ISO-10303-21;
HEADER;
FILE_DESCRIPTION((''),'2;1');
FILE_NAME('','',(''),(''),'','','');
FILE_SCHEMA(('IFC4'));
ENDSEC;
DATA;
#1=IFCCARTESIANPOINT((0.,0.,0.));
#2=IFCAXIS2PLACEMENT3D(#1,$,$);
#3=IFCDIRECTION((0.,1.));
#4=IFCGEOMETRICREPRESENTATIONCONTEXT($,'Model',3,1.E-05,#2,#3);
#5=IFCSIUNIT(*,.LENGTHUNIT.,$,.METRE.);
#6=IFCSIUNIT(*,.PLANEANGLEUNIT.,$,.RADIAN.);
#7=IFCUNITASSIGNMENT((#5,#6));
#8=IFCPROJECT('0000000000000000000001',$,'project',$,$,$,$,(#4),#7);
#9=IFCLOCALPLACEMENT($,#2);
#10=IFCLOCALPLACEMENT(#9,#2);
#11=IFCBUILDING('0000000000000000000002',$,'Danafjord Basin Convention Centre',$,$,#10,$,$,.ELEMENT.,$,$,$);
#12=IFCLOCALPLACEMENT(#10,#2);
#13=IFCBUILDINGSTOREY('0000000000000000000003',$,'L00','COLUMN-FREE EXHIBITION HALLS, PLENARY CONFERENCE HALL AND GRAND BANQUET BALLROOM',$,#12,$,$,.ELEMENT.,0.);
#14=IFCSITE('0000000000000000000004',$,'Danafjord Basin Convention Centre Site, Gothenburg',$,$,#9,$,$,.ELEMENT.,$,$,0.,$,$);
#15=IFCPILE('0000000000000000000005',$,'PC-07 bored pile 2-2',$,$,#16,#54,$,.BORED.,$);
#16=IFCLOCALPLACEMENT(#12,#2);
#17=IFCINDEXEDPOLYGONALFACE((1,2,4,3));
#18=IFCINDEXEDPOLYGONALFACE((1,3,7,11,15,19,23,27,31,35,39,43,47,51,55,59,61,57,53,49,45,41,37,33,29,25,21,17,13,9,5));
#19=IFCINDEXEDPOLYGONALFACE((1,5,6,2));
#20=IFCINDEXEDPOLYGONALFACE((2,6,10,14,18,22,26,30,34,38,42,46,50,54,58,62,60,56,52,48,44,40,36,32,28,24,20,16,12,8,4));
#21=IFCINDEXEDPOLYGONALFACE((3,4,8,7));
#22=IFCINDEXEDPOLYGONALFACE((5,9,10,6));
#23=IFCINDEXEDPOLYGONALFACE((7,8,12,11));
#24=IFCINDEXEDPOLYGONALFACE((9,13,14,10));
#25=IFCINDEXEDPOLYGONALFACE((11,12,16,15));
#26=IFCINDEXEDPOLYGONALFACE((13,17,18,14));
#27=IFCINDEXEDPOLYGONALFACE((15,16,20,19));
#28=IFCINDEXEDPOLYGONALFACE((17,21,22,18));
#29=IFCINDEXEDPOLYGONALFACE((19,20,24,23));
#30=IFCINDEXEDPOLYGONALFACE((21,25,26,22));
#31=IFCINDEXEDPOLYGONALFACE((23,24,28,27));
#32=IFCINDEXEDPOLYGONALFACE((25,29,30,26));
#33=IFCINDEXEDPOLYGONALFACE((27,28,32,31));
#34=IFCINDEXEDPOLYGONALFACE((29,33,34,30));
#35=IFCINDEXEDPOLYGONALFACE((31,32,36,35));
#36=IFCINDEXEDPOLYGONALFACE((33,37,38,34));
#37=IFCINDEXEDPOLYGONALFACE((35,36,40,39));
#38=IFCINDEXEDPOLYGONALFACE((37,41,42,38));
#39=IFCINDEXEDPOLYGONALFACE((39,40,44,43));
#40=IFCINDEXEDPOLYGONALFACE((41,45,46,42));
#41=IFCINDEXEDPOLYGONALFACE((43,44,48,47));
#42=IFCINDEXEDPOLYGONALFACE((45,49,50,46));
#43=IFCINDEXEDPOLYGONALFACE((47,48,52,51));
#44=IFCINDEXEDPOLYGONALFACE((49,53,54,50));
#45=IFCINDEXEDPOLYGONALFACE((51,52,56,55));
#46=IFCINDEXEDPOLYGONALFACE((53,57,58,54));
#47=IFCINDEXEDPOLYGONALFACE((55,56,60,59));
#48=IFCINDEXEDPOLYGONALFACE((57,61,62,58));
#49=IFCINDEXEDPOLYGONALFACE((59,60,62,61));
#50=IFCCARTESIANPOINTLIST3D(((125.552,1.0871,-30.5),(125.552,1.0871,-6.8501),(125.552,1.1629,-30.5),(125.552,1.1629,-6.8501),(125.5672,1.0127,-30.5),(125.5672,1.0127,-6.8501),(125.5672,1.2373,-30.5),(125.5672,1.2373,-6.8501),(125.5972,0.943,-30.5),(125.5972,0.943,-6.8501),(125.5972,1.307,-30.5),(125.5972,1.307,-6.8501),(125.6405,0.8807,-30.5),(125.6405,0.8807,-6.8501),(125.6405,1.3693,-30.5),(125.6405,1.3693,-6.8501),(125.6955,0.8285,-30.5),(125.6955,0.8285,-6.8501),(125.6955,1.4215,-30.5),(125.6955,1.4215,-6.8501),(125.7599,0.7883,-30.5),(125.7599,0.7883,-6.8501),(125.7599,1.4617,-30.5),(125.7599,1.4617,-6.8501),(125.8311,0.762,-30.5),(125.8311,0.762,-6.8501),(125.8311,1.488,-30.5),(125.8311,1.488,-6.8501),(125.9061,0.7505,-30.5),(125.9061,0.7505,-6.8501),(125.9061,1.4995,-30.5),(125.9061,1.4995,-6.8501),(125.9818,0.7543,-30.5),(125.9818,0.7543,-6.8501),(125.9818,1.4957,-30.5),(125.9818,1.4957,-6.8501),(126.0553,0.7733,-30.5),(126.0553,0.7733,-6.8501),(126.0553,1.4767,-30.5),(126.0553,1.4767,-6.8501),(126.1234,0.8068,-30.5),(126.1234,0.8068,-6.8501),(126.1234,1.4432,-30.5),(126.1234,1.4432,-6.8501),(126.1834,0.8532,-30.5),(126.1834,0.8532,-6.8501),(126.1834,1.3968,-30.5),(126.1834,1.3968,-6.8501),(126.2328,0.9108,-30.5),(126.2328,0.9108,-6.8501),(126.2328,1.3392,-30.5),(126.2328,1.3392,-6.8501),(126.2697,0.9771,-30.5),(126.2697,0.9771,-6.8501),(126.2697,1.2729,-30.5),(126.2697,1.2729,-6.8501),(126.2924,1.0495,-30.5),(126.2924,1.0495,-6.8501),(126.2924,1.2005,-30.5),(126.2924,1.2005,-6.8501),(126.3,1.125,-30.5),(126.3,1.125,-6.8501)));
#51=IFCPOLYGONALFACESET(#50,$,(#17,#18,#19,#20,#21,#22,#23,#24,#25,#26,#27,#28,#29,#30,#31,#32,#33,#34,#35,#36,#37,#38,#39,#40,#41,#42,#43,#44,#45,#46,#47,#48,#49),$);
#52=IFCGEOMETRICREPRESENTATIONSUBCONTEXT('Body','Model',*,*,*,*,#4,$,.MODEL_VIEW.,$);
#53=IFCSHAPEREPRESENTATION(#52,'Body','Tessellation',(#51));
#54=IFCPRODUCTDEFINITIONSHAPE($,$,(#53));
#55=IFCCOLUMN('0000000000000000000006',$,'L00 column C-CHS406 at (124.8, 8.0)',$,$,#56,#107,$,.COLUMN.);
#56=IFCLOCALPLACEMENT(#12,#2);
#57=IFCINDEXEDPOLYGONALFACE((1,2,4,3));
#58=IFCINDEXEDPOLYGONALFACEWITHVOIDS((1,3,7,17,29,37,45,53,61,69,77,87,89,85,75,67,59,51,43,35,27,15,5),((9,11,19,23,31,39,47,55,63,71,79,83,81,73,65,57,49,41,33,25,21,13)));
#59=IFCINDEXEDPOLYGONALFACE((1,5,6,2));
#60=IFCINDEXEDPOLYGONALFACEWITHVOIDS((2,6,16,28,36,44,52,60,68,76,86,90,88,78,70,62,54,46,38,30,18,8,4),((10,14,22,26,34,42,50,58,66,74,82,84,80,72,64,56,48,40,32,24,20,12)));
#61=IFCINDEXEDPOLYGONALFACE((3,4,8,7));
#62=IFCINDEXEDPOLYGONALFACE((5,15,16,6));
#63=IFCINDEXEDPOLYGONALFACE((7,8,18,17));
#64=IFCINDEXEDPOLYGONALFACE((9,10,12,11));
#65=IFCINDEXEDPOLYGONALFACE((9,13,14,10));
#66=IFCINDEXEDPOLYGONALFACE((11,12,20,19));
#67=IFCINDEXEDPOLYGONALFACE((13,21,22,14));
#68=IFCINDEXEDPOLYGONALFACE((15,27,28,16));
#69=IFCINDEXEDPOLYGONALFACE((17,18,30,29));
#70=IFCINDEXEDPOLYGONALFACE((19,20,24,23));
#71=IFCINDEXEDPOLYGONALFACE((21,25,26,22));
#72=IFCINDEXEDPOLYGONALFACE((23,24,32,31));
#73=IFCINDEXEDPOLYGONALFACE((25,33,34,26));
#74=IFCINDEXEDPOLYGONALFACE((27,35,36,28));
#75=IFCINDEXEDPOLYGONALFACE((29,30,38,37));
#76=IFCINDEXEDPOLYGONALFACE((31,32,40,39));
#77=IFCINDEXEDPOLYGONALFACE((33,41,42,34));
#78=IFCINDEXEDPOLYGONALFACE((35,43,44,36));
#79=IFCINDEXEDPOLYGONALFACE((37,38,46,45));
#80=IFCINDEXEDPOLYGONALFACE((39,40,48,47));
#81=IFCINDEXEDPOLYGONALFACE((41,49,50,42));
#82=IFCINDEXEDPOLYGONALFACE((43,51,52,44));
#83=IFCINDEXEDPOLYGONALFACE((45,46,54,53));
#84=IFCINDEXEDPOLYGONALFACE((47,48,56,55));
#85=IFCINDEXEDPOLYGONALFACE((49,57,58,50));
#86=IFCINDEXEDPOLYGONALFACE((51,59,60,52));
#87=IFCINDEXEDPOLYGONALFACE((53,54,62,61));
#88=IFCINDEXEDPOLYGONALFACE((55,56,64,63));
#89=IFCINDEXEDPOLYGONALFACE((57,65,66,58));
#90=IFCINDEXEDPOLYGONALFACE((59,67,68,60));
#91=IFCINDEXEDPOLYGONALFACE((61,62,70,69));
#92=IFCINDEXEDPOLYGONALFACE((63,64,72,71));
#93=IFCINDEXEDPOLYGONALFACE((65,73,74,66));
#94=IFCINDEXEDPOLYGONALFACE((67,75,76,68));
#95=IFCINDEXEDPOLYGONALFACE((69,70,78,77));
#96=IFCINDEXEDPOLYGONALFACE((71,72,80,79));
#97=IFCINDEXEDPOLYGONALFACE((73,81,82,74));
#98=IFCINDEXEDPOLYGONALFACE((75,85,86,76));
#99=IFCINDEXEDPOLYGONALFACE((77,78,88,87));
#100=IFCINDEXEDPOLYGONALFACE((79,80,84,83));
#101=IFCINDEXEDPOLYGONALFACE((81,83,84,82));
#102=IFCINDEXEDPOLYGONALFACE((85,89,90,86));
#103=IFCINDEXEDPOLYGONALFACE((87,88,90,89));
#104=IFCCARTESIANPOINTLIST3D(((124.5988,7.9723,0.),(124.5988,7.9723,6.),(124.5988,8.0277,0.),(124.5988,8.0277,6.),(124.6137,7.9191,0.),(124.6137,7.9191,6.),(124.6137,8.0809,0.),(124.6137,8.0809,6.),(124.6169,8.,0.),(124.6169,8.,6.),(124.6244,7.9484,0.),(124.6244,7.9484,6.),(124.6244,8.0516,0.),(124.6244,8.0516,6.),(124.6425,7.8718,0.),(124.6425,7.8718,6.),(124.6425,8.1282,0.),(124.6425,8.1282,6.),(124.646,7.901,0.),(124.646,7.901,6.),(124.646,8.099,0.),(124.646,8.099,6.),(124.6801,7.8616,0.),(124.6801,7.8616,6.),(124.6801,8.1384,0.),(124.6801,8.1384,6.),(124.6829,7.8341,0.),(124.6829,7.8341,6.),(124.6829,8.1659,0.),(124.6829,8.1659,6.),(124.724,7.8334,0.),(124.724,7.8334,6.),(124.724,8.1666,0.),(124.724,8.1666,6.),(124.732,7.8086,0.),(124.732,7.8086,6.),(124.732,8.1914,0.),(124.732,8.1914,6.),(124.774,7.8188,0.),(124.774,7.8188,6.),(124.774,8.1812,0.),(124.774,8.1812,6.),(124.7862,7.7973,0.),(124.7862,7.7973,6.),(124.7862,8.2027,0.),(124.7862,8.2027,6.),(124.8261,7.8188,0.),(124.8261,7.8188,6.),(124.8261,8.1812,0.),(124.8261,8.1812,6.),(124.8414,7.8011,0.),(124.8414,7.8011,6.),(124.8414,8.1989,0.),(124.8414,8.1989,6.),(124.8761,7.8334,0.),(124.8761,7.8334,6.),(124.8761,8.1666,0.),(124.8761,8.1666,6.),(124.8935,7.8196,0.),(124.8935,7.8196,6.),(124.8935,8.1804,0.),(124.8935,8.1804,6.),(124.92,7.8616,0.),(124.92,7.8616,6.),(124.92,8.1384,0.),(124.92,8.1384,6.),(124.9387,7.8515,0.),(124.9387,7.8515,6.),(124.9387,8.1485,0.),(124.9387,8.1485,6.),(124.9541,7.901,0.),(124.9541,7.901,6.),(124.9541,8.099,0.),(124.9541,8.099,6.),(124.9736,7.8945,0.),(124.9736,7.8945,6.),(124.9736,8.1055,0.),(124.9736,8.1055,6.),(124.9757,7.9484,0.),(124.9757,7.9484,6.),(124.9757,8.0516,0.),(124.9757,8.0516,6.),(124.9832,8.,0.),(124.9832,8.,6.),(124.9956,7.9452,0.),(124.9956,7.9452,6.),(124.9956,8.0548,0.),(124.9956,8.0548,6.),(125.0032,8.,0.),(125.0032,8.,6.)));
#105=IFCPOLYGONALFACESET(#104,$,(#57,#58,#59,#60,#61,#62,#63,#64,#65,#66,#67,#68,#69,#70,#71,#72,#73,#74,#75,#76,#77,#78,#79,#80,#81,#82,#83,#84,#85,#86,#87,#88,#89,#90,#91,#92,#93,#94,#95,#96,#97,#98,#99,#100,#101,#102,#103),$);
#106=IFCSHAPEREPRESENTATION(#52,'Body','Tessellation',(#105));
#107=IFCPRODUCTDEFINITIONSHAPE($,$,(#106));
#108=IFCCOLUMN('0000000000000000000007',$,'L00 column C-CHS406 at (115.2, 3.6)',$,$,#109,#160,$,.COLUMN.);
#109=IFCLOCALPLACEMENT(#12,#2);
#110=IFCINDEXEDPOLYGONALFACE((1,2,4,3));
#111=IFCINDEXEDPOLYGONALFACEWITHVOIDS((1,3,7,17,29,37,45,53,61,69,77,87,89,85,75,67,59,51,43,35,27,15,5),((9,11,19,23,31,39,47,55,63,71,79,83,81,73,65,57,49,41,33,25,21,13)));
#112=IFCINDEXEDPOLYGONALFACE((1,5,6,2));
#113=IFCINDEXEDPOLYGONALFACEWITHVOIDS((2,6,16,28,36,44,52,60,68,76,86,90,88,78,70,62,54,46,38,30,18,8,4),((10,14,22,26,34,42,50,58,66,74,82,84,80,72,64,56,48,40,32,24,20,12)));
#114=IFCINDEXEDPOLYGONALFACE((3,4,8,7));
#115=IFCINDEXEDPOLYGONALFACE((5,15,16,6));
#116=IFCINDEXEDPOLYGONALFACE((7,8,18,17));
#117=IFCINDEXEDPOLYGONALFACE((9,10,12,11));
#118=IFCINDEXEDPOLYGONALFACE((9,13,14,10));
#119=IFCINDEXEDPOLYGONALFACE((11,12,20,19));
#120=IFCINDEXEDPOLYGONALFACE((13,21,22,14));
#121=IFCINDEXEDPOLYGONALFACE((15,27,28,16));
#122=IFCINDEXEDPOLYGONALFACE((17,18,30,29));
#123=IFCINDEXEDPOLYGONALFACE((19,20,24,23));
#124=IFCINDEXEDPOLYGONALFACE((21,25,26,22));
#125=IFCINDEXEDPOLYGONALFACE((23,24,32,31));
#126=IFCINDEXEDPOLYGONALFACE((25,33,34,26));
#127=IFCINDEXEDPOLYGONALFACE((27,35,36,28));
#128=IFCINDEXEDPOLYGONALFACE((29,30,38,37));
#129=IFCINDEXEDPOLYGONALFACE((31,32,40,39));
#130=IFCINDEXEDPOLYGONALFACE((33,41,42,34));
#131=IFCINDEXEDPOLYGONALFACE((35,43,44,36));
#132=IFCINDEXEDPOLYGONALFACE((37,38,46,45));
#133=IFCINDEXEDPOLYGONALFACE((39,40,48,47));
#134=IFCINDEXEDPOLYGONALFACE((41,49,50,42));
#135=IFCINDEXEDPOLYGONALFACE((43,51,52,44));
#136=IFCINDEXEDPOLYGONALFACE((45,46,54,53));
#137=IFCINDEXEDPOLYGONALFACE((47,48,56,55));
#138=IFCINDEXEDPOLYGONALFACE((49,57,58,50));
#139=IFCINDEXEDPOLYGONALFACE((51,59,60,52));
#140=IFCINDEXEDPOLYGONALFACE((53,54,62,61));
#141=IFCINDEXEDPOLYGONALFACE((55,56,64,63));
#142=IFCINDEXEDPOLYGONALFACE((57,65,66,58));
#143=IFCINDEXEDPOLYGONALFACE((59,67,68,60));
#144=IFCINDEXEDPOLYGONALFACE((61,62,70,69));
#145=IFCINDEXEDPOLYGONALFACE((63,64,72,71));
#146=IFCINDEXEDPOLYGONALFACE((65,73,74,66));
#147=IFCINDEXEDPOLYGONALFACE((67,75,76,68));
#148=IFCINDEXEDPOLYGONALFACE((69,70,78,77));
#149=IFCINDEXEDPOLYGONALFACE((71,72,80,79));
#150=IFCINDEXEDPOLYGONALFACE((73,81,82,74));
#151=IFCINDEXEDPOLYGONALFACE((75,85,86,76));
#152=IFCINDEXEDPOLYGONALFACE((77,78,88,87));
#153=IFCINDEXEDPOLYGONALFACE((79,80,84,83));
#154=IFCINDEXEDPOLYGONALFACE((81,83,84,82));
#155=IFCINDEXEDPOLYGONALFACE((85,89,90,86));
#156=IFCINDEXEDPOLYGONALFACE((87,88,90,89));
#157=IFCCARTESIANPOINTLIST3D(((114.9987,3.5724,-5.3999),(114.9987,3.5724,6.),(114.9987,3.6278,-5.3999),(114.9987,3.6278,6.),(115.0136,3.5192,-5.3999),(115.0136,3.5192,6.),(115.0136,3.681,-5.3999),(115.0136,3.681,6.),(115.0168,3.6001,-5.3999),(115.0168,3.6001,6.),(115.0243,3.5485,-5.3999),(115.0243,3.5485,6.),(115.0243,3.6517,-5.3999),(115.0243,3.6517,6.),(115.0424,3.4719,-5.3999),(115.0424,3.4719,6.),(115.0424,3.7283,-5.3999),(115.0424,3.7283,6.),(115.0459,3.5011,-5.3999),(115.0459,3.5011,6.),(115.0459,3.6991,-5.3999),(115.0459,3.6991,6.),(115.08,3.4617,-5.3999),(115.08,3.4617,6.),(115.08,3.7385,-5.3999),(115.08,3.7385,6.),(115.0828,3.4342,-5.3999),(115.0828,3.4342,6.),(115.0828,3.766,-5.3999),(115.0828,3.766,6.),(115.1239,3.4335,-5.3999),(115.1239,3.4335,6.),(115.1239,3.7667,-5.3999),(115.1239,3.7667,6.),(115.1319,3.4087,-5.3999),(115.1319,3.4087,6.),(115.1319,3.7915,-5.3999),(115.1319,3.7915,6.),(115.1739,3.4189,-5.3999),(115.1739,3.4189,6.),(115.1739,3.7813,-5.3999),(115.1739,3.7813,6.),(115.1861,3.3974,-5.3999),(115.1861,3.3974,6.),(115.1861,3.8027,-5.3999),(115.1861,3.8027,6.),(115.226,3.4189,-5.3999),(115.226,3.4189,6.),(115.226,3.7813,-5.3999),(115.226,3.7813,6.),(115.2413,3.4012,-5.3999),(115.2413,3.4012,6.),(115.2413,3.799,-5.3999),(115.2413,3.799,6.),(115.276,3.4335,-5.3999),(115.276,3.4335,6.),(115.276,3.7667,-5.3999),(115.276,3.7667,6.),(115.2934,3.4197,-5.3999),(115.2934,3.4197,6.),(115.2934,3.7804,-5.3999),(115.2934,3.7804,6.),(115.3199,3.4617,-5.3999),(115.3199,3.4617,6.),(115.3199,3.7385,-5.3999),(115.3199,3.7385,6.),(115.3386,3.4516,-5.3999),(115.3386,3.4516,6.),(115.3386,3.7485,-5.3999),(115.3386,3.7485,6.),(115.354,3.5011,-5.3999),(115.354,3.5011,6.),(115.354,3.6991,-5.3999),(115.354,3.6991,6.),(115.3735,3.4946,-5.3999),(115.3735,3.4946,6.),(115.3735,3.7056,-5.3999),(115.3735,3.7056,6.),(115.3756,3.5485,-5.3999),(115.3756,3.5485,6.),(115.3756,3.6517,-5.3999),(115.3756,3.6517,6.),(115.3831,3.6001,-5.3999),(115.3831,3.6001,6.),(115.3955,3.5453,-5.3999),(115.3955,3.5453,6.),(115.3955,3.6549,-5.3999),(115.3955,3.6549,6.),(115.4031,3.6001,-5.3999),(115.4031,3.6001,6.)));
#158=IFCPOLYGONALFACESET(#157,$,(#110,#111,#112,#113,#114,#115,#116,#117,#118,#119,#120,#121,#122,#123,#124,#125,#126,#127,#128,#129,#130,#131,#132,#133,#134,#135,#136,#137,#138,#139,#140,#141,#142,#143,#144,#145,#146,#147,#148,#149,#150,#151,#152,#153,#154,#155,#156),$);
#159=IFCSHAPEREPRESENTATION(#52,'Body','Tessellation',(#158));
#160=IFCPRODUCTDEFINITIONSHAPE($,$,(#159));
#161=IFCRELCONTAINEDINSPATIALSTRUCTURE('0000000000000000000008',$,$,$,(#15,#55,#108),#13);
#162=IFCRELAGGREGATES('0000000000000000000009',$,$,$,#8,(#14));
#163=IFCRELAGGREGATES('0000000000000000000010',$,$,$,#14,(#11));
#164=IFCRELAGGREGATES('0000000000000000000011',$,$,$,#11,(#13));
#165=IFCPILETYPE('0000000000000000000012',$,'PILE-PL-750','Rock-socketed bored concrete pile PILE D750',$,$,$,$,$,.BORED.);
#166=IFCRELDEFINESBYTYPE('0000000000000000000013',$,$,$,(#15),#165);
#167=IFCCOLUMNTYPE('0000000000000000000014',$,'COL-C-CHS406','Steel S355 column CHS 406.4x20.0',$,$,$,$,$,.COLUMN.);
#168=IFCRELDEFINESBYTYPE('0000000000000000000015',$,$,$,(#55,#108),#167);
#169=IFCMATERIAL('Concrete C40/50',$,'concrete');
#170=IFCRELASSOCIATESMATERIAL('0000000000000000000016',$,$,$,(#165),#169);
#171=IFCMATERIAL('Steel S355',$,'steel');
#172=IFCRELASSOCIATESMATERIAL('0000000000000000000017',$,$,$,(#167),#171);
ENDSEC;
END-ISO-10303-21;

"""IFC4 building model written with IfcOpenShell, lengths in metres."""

from ifc_helpers import new_model, si_unit, direction, frame, origin, origin_2d, place, context, subcontext, project, spatial, circle, hollow_circle, extrude, material, material_profile, profile_set, type_object, element, save


model = new_model("IFC4")

# Units and contexts
model_context = context("Model", 3, precision=1e-05, world=origin(), true_north=direction((0.0, 1.0)))
body_context = subcontext(model_context, "Body", "Model", "MODEL_VIEW")
ifc_project = project(units=[si_unit("LENGTHUNIT", "METRE"), si_unit("PLANEANGLEUNIT", "RADIAN")], contexts=[model_context])

# Site, building, storey
site_placement = place(None, origin())
site = spatial("IfcSite", under=ifc_project, at=site_placement, Name="Danafjord Basin Convention Centre Site, Gothenburg", CompositionType="ELEMENT", RefElevation=0.0)
building_placement = place(site_placement, origin())
building = spatial("IfcBuilding", under=site, at=building_placement, Name="Danafjord Basin Convention Centre", CompositionType="ELEMENT")
storey_placement = place(building_placement, origin())
storey = spatial("IfcBuildingStorey", under=building, at=storey_placement, Name="L00", Description="COLUMN-FREE EXHIBITION HALLS, PLENARY CONFERENCE HALL AND GRAND BANQUET BALLROOM", CompositionType="ELEMENT", Elevation=0.0)

# Shared definitions
ifc_material_1 = material(Name="Concrete C40/50", Category="concrete")

# Pile
ifc_material_profile_1 = material_profile(ifc_material_1, circle(Radius=0.375, at=origin_2d()), Name="PILE D750")
ifc_profile_set_1 = profile_set([ifc_material_profile_1], Name="Concrete C40/50")
pile_type_1 = type_object("IfcPileType", Name="PILE-PL-750", Description="Rock-socketed bored concrete pile PILE D750", PredefinedType="BORED", material=ifc_profile_set_1)
for number, where, z_axis, x_axis, name in (
    (1, (125.925, 1.125, -6.8501), (0.0, 0.0, -1.0), (1.0, 0.0, 0.0), "PC-07 bored pile 2-2"),
):
    element("IfcPile", number, at=place(storey_placement, frame(where, z_axis=z_axis, x_axis=x_axis)), inside=storey, type_object=pile_type_1, Name=name, PredefinedType="BORED", context=body_context, shape_type="SweptSolid", body=[
        extrude(circle(Radius=0.375, at=origin_2d()), origin(), (0.0, 0.0, 1.0), 23.6499),
    ])

# Columns
ifc_material_2 = material(Name="Steel S355", Category="steel")
ifc_material_profile_2 = material_profile(ifc_material_2, hollow_circle(Radius=0.2031, WallThickness=0.02, at=origin_2d()), Name="CHS 406.4x20.0")
ifc_profile_set_2 = profile_set([ifc_material_profile_2], Name="Steel S355")
column_type_1 = type_object("IfcColumnType", Name="COL-C-CHS406", Description="Steel S355 column CHS 406.4x20.0", PredefinedType="COLUMN", material=ifc_profile_set_2)
column_1_placement = place(storey_placement, frame((124.8, 8.0, 0.0), z_axis=(0.0, 0.0, 1.0), x_axis=(1.0, 0.0, 0.0)))
element("IfcColumn", 2, at=column_1_placement, inside=storey, type_object=column_type_1, Name="L00 column C-CHS406 at (124.8, 8.0)", PredefinedType="COLUMN", context=body_context, shape_type="SweptSolid", body=[
    extrude(hollow_circle(Radius=0.2031, WallThickness=0.02, at=origin_2d()), origin(), (0.0, 0.0, 1.0), 6.0),
])
column_2_placement = place(storey_placement, frame((115.2, 3.6001, -5.3999), z_axis=(0.0, 0.0, 1.0), x_axis=(1.0, 0.0, 0.0)))
element("IfcColumn", 3, at=column_2_placement, inside=storey, type_object=column_type_1, Name="L00 column C-CHS406 at (115.2, 3.6)", PredefinedType="COLUMN", context=body_context, shape_type="SweptSolid", body=[
    extrude(hollow_circle(Radius=0.2031, WallThickness=0.02, at=origin_2d()), origin(), (0.0, 0.0, 1.0), 11.3999),
])

save(model, "model.ifc")
